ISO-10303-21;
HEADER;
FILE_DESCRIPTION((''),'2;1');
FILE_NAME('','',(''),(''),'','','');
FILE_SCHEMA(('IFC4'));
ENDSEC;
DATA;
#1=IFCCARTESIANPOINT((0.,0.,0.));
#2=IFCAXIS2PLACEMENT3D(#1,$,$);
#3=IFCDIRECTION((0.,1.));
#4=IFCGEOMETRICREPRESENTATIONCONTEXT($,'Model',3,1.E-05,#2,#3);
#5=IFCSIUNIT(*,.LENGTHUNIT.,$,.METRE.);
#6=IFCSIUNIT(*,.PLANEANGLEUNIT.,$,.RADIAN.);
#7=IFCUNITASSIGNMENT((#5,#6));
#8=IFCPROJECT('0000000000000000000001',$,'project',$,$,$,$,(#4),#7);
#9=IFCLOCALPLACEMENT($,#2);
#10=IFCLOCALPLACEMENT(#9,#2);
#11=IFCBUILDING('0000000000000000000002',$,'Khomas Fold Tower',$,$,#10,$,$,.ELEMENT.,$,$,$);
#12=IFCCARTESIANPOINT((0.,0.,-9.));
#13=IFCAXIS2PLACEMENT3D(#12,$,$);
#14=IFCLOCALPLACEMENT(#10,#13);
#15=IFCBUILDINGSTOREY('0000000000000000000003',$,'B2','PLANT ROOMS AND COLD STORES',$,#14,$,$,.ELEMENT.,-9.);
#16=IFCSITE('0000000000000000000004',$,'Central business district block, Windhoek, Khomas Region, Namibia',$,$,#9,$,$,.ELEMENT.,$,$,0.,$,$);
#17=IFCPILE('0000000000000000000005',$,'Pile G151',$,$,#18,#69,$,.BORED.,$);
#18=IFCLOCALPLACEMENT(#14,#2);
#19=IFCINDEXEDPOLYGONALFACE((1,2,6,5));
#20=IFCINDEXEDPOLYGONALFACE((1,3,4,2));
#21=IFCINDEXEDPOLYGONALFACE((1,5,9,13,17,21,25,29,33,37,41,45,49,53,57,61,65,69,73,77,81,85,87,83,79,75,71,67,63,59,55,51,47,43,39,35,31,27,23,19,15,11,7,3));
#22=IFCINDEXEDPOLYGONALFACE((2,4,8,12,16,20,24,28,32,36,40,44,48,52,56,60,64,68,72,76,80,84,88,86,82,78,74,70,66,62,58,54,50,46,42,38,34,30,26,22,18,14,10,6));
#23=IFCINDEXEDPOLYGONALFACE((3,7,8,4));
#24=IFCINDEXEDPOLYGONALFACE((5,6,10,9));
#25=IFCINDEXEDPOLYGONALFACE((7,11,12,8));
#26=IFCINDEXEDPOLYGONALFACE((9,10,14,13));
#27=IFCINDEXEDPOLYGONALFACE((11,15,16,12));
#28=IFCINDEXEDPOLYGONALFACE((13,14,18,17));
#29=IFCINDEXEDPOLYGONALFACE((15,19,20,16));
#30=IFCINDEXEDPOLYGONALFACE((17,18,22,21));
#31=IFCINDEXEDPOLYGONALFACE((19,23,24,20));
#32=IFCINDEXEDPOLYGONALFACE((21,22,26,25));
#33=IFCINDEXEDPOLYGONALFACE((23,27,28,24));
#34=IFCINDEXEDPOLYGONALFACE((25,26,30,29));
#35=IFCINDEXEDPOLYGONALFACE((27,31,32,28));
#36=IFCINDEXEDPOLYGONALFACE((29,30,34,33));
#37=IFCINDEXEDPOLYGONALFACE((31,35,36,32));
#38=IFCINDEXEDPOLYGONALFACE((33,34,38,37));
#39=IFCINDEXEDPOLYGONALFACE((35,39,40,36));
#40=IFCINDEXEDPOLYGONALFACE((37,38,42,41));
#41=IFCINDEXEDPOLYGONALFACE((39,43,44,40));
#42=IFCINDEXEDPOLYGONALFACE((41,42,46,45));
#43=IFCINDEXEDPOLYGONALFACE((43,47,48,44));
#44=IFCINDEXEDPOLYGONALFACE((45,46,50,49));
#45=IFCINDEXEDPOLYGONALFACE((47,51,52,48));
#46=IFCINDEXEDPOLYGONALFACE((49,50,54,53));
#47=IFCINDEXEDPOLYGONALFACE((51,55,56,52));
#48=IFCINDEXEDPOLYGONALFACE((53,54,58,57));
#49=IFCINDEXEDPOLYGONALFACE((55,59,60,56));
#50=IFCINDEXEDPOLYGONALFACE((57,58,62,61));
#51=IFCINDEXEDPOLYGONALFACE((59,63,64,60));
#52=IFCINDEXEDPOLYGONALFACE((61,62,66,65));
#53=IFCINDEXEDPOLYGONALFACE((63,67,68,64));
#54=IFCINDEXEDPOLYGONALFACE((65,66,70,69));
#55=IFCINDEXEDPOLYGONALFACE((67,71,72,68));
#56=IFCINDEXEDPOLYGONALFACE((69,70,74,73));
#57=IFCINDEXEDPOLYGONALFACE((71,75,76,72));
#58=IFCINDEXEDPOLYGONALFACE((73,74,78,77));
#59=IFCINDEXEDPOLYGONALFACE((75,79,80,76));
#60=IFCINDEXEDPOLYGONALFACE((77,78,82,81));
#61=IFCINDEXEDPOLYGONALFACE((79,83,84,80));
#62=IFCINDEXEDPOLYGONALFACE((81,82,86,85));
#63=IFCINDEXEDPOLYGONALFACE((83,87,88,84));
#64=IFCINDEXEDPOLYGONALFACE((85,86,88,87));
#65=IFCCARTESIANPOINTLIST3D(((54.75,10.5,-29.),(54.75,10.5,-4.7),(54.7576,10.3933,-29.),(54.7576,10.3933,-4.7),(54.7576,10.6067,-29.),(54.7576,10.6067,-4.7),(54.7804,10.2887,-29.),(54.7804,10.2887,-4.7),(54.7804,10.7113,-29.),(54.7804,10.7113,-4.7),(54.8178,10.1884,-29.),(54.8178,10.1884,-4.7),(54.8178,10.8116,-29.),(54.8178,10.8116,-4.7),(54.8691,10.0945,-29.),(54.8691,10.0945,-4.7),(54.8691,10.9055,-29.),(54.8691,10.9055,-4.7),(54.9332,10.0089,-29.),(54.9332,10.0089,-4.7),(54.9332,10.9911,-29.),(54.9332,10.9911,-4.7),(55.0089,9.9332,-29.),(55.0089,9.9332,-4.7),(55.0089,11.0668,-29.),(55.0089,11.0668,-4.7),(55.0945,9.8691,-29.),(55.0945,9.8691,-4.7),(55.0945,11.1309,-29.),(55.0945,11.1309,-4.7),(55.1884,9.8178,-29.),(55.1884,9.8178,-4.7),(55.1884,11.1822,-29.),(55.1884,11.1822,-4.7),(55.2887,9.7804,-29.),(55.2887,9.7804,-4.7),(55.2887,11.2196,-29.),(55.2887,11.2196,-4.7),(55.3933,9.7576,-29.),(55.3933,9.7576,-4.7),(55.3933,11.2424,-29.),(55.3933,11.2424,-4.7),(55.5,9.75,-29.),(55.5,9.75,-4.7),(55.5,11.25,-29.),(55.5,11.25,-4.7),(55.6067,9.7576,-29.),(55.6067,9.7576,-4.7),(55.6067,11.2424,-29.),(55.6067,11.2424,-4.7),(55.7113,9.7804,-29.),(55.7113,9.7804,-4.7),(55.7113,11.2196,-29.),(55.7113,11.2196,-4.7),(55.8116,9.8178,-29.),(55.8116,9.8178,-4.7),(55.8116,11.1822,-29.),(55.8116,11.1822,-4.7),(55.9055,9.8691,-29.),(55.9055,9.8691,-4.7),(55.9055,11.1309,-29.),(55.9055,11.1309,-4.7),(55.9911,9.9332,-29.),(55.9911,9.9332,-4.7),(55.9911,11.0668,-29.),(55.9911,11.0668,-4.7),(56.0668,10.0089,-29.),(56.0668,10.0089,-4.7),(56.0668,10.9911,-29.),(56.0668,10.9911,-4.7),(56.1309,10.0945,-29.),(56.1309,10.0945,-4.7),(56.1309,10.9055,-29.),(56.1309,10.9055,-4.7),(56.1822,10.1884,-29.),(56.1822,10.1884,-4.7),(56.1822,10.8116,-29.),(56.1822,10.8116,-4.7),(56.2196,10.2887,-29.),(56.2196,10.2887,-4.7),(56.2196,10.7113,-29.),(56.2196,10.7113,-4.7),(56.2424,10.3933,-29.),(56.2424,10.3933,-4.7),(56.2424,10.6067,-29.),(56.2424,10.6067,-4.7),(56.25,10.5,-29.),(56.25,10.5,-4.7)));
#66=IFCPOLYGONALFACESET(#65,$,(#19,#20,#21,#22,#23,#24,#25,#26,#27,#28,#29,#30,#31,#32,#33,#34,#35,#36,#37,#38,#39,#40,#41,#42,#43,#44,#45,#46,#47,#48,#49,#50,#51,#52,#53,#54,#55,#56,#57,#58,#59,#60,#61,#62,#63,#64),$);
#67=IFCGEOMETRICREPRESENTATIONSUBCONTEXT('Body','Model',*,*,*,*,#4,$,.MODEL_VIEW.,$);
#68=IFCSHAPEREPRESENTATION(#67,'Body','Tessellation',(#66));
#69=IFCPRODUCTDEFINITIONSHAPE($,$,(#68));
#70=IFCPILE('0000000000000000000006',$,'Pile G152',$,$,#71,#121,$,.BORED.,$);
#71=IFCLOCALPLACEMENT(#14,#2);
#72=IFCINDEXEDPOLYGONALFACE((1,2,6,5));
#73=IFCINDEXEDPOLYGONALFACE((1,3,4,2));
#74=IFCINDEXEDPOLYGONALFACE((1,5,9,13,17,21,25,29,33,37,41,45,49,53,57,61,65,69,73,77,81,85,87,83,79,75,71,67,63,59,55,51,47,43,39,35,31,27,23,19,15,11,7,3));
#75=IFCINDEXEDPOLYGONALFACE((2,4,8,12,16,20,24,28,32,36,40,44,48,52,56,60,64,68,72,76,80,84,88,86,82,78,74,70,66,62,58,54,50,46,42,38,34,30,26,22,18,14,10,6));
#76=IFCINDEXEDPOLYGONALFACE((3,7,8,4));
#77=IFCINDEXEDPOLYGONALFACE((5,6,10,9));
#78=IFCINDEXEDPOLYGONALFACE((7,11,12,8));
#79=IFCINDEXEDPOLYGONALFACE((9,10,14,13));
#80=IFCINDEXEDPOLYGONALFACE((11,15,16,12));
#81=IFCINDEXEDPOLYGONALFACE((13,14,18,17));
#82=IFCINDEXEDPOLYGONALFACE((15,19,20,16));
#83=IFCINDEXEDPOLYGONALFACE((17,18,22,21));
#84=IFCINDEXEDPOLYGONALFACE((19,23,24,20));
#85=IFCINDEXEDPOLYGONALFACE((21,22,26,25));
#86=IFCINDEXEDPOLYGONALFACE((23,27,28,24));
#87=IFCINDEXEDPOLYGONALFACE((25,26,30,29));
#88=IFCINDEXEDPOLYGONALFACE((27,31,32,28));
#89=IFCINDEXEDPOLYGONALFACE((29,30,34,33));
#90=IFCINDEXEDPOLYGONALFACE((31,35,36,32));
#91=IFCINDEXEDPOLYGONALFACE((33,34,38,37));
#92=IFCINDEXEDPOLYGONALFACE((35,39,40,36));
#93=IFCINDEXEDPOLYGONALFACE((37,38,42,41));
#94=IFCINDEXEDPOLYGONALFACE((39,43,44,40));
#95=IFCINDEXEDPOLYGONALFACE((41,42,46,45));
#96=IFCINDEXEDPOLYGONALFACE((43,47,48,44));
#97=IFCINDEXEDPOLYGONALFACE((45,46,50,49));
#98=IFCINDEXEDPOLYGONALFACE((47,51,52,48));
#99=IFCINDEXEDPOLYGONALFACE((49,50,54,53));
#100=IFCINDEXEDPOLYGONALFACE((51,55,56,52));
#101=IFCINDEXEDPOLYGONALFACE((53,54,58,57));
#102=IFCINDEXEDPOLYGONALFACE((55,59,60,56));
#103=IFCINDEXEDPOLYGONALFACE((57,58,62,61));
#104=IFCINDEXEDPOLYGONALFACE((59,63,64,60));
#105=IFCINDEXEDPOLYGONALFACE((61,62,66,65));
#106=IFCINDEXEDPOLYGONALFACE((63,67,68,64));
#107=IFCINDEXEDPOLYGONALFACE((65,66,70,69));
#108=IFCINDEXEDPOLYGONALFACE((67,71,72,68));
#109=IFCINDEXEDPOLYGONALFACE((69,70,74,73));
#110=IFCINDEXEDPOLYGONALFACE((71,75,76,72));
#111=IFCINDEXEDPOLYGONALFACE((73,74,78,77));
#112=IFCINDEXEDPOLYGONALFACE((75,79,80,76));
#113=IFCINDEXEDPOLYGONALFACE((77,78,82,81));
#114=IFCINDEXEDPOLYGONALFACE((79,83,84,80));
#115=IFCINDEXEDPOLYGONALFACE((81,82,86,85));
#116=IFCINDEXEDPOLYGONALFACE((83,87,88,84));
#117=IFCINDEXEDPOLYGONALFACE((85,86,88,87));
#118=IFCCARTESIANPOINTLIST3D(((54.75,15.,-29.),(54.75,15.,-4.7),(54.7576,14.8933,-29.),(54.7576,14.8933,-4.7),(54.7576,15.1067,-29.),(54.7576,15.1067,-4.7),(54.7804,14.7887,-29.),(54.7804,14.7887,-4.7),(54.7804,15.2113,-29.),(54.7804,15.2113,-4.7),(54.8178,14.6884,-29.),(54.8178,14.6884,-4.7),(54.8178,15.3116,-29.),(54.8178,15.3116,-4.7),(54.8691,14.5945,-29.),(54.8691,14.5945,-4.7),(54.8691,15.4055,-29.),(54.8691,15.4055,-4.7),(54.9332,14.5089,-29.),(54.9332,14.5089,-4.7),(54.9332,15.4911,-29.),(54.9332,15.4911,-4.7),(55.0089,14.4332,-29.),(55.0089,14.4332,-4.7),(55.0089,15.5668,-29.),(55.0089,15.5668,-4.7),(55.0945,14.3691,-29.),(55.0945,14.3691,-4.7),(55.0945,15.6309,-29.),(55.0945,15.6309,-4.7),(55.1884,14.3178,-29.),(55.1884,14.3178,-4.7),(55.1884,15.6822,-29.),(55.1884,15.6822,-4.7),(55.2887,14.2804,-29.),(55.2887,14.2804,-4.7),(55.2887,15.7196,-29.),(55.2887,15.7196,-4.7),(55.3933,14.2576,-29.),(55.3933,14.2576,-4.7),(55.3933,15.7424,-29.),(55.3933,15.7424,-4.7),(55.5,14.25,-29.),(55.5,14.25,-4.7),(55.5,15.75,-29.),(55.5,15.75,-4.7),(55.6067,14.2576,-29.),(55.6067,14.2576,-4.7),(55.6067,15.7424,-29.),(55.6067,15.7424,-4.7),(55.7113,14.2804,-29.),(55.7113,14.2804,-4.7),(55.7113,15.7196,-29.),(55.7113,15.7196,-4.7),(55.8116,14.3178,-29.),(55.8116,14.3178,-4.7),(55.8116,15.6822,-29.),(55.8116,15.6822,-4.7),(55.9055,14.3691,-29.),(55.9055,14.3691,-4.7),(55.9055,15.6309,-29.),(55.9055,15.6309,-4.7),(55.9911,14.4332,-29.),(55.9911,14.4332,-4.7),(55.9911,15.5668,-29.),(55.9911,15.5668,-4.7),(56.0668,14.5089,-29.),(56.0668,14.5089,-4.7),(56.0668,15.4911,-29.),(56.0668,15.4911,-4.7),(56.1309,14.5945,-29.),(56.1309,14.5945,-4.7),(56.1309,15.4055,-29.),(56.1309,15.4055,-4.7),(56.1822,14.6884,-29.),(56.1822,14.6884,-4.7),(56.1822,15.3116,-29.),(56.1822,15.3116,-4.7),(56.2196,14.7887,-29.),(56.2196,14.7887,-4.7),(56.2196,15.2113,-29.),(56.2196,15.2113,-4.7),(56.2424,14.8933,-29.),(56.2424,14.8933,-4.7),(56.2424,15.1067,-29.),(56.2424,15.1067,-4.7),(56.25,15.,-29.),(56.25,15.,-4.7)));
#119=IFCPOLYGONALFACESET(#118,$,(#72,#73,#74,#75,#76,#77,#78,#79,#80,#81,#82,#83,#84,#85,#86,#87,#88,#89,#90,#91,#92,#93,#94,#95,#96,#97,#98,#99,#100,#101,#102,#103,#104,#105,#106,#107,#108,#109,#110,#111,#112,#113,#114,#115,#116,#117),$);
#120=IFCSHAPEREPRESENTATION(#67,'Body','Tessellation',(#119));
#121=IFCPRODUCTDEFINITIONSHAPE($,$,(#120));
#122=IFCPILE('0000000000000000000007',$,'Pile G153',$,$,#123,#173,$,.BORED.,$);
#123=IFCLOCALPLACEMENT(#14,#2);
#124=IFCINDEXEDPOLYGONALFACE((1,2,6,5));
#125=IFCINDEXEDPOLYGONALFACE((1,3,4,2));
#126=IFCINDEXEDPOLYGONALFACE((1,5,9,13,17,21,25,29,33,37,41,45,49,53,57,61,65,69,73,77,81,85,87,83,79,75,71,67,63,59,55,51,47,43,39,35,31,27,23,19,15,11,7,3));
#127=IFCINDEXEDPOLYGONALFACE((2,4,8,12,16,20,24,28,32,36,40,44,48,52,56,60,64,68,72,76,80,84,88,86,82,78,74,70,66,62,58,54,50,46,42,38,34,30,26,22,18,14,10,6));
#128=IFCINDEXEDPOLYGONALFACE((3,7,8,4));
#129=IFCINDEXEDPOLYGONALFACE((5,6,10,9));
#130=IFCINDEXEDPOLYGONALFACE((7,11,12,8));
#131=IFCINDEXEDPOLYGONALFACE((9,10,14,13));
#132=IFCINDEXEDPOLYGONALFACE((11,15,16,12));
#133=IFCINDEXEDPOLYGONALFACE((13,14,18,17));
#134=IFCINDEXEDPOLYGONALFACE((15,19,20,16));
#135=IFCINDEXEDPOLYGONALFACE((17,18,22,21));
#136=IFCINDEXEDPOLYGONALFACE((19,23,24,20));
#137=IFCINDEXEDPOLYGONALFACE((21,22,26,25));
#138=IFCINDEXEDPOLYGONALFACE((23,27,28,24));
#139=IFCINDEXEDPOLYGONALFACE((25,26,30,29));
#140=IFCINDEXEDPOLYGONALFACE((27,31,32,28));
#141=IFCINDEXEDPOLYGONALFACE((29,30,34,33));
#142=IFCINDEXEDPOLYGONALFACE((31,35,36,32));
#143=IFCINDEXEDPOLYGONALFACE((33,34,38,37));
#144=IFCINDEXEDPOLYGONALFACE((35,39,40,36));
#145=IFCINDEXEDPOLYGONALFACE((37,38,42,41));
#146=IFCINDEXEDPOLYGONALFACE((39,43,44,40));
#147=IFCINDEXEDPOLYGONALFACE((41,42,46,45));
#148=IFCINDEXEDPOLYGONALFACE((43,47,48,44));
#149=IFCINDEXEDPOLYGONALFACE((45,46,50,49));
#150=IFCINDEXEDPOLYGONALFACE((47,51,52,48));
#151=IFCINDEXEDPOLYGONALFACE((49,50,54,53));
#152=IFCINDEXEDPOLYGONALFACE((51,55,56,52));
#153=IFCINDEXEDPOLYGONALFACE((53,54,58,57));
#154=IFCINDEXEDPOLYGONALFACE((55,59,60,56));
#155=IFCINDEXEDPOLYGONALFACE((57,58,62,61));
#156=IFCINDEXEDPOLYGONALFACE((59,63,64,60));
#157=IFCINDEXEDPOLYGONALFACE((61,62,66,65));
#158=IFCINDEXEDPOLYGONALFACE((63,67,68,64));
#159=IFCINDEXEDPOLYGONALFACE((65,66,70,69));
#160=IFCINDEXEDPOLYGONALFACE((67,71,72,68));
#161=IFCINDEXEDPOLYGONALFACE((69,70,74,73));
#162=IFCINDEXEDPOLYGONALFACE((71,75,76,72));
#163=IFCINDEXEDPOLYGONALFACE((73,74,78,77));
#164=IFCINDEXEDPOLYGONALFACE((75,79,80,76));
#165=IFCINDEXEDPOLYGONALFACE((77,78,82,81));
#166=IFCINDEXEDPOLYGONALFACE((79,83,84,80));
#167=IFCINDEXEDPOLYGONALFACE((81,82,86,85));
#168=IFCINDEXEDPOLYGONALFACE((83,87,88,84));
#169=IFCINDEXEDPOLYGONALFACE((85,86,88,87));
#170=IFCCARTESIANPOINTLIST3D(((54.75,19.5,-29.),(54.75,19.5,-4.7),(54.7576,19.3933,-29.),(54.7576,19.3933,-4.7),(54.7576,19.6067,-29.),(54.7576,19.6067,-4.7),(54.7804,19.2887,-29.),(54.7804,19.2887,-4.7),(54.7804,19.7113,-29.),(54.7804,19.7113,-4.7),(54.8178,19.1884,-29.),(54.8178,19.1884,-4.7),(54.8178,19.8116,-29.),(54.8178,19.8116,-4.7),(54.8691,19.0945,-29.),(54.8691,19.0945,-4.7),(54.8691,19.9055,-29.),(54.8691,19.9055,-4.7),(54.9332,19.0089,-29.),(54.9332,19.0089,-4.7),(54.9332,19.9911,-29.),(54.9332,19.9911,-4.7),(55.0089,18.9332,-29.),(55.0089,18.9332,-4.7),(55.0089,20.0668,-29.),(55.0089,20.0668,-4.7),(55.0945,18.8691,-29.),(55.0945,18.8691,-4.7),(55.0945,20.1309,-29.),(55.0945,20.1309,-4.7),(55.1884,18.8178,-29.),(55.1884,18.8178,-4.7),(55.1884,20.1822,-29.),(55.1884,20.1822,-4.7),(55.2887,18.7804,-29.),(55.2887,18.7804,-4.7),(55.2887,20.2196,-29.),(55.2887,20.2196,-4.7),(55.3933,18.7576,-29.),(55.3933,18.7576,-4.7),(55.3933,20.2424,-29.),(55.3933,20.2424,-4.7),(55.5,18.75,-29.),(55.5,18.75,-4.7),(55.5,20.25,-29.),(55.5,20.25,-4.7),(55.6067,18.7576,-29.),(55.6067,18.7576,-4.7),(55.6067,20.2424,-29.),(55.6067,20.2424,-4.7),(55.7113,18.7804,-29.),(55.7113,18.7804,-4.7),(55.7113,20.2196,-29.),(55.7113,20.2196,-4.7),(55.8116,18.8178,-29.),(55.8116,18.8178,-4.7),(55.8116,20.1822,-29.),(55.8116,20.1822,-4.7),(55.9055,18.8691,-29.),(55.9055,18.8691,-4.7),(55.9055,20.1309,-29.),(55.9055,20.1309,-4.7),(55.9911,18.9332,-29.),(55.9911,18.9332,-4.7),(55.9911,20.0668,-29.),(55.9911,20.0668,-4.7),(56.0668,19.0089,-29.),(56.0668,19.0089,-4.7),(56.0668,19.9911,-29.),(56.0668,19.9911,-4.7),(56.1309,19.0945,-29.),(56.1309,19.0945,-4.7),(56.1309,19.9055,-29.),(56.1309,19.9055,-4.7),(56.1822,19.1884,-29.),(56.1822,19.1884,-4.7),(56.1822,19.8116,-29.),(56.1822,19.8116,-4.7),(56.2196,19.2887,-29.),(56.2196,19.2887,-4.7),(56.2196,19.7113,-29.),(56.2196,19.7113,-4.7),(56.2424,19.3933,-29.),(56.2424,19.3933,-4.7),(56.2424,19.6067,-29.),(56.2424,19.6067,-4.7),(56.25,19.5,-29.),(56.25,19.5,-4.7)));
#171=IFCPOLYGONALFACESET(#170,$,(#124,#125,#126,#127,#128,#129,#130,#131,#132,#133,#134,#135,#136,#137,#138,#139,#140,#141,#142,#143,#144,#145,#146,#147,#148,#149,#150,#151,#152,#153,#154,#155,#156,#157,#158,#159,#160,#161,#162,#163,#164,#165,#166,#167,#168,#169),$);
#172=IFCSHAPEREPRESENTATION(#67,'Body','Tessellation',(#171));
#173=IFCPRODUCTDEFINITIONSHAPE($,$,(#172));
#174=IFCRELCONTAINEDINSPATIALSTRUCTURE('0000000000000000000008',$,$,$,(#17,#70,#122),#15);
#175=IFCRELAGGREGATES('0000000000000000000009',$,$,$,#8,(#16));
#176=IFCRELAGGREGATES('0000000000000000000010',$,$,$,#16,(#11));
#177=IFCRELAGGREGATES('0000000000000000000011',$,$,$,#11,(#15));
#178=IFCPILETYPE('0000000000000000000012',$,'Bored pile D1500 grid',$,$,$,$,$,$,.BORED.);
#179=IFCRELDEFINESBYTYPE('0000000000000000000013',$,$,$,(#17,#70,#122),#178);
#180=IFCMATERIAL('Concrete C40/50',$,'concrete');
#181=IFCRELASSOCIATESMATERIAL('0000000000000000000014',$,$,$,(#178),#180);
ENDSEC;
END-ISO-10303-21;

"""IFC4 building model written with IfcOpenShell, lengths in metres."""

from ifc_helpers import new_model, si_unit, direction, frame, origin, origin_2d, place, context, subcontext, project, spatial, circle, extrude, source, transform, mapped, material, material_profile, profile_set, type_object, element, save


model = new_model("IFC4")

# Units and contexts
model_context = context("Model", 3, precision=1e-05, world=origin(), true_north=direction((0.0, 1.0)))
body_context = subcontext(model_context, "Body", "Model", "MODEL_VIEW")
ifc_project = project(units=[si_unit("LENGTHUNIT", "METRE"), si_unit("PLANEANGLEUNIT", "RADIAN")], contexts=[model_context])

# Site, building, storey
site_placement = place(None, origin())
site = spatial("IfcSite", under=ifc_project, at=site_placement, Name="Central business district block, Windhoek, Khomas Region, Namibia", CompositionType="ELEMENT", RefElevation=0.0)
building_placement = place(site_placement, origin())
building = spatial("IfcBuilding", under=site, at=building_placement, Name="Khomas Fold Tower", CompositionType="ELEMENT")
storey_placement = place(building_placement, frame((0.0, 0.0, -9.0)))
storey = spatial("IfcBuildingStorey", under=building, at=storey_placement, Name="B2", Description="PLANT ROOMS AND COLD STORES", CompositionType="ELEMENT", Elevation=-9.0)

# Piles
ifc_material_1 = material(Name="Concrete C40/50", Category="concrete")
ifc_material_profile_1 = material_profile(ifc_material_1, circle(Radius=0.75, at=origin_2d()), Name="PILE D1500")
ifc_profile_set_1 = profile_set([ifc_material_profile_1], Name="Concrete C40/50")
pile_type = type_object("IfcPileType", Name="Bored pile D1500 grid", PredefinedType="BORED", material=ifc_profile_set_1)
shared_shape_1 = source(origin(), body_context, "Body", "SweptSolid", [
    extrude(circle(Radius=0.75, at=origin_2d()), origin(), (0.0, 0.0, 1.0), 24.3),
])
for number, where, z_axis, x_axis, name in (
    (1, (55.5, 10.5, -4.7), (0.0, 0.0, -1.0), (1.0, 0.0, 0.0), "Pile G151"),
    (2, (55.5, 15.0, -4.7), (0.0, 0.0, -1.0), (1.0, 0.0, 0.0), "Pile G152"),
    (3, (55.5, 19.5, -4.7), (0.0, 0.0, -1.0), (1.0, 0.0, 0.0), "Pile G153"),
):
    element("IfcPile", number, at=place(storey_placement, frame(where, z_axis=z_axis, x_axis=x_axis)), inside=storey, type_object=pile_type, Name=name, PredefinedType="BORED", context=body_context, shape_type="MappedRepresentation", body=[
        mapped(shared_shape_1, transform((0.0, 0.0, 0.0))),
    ])

save(model, "model.ifc")
